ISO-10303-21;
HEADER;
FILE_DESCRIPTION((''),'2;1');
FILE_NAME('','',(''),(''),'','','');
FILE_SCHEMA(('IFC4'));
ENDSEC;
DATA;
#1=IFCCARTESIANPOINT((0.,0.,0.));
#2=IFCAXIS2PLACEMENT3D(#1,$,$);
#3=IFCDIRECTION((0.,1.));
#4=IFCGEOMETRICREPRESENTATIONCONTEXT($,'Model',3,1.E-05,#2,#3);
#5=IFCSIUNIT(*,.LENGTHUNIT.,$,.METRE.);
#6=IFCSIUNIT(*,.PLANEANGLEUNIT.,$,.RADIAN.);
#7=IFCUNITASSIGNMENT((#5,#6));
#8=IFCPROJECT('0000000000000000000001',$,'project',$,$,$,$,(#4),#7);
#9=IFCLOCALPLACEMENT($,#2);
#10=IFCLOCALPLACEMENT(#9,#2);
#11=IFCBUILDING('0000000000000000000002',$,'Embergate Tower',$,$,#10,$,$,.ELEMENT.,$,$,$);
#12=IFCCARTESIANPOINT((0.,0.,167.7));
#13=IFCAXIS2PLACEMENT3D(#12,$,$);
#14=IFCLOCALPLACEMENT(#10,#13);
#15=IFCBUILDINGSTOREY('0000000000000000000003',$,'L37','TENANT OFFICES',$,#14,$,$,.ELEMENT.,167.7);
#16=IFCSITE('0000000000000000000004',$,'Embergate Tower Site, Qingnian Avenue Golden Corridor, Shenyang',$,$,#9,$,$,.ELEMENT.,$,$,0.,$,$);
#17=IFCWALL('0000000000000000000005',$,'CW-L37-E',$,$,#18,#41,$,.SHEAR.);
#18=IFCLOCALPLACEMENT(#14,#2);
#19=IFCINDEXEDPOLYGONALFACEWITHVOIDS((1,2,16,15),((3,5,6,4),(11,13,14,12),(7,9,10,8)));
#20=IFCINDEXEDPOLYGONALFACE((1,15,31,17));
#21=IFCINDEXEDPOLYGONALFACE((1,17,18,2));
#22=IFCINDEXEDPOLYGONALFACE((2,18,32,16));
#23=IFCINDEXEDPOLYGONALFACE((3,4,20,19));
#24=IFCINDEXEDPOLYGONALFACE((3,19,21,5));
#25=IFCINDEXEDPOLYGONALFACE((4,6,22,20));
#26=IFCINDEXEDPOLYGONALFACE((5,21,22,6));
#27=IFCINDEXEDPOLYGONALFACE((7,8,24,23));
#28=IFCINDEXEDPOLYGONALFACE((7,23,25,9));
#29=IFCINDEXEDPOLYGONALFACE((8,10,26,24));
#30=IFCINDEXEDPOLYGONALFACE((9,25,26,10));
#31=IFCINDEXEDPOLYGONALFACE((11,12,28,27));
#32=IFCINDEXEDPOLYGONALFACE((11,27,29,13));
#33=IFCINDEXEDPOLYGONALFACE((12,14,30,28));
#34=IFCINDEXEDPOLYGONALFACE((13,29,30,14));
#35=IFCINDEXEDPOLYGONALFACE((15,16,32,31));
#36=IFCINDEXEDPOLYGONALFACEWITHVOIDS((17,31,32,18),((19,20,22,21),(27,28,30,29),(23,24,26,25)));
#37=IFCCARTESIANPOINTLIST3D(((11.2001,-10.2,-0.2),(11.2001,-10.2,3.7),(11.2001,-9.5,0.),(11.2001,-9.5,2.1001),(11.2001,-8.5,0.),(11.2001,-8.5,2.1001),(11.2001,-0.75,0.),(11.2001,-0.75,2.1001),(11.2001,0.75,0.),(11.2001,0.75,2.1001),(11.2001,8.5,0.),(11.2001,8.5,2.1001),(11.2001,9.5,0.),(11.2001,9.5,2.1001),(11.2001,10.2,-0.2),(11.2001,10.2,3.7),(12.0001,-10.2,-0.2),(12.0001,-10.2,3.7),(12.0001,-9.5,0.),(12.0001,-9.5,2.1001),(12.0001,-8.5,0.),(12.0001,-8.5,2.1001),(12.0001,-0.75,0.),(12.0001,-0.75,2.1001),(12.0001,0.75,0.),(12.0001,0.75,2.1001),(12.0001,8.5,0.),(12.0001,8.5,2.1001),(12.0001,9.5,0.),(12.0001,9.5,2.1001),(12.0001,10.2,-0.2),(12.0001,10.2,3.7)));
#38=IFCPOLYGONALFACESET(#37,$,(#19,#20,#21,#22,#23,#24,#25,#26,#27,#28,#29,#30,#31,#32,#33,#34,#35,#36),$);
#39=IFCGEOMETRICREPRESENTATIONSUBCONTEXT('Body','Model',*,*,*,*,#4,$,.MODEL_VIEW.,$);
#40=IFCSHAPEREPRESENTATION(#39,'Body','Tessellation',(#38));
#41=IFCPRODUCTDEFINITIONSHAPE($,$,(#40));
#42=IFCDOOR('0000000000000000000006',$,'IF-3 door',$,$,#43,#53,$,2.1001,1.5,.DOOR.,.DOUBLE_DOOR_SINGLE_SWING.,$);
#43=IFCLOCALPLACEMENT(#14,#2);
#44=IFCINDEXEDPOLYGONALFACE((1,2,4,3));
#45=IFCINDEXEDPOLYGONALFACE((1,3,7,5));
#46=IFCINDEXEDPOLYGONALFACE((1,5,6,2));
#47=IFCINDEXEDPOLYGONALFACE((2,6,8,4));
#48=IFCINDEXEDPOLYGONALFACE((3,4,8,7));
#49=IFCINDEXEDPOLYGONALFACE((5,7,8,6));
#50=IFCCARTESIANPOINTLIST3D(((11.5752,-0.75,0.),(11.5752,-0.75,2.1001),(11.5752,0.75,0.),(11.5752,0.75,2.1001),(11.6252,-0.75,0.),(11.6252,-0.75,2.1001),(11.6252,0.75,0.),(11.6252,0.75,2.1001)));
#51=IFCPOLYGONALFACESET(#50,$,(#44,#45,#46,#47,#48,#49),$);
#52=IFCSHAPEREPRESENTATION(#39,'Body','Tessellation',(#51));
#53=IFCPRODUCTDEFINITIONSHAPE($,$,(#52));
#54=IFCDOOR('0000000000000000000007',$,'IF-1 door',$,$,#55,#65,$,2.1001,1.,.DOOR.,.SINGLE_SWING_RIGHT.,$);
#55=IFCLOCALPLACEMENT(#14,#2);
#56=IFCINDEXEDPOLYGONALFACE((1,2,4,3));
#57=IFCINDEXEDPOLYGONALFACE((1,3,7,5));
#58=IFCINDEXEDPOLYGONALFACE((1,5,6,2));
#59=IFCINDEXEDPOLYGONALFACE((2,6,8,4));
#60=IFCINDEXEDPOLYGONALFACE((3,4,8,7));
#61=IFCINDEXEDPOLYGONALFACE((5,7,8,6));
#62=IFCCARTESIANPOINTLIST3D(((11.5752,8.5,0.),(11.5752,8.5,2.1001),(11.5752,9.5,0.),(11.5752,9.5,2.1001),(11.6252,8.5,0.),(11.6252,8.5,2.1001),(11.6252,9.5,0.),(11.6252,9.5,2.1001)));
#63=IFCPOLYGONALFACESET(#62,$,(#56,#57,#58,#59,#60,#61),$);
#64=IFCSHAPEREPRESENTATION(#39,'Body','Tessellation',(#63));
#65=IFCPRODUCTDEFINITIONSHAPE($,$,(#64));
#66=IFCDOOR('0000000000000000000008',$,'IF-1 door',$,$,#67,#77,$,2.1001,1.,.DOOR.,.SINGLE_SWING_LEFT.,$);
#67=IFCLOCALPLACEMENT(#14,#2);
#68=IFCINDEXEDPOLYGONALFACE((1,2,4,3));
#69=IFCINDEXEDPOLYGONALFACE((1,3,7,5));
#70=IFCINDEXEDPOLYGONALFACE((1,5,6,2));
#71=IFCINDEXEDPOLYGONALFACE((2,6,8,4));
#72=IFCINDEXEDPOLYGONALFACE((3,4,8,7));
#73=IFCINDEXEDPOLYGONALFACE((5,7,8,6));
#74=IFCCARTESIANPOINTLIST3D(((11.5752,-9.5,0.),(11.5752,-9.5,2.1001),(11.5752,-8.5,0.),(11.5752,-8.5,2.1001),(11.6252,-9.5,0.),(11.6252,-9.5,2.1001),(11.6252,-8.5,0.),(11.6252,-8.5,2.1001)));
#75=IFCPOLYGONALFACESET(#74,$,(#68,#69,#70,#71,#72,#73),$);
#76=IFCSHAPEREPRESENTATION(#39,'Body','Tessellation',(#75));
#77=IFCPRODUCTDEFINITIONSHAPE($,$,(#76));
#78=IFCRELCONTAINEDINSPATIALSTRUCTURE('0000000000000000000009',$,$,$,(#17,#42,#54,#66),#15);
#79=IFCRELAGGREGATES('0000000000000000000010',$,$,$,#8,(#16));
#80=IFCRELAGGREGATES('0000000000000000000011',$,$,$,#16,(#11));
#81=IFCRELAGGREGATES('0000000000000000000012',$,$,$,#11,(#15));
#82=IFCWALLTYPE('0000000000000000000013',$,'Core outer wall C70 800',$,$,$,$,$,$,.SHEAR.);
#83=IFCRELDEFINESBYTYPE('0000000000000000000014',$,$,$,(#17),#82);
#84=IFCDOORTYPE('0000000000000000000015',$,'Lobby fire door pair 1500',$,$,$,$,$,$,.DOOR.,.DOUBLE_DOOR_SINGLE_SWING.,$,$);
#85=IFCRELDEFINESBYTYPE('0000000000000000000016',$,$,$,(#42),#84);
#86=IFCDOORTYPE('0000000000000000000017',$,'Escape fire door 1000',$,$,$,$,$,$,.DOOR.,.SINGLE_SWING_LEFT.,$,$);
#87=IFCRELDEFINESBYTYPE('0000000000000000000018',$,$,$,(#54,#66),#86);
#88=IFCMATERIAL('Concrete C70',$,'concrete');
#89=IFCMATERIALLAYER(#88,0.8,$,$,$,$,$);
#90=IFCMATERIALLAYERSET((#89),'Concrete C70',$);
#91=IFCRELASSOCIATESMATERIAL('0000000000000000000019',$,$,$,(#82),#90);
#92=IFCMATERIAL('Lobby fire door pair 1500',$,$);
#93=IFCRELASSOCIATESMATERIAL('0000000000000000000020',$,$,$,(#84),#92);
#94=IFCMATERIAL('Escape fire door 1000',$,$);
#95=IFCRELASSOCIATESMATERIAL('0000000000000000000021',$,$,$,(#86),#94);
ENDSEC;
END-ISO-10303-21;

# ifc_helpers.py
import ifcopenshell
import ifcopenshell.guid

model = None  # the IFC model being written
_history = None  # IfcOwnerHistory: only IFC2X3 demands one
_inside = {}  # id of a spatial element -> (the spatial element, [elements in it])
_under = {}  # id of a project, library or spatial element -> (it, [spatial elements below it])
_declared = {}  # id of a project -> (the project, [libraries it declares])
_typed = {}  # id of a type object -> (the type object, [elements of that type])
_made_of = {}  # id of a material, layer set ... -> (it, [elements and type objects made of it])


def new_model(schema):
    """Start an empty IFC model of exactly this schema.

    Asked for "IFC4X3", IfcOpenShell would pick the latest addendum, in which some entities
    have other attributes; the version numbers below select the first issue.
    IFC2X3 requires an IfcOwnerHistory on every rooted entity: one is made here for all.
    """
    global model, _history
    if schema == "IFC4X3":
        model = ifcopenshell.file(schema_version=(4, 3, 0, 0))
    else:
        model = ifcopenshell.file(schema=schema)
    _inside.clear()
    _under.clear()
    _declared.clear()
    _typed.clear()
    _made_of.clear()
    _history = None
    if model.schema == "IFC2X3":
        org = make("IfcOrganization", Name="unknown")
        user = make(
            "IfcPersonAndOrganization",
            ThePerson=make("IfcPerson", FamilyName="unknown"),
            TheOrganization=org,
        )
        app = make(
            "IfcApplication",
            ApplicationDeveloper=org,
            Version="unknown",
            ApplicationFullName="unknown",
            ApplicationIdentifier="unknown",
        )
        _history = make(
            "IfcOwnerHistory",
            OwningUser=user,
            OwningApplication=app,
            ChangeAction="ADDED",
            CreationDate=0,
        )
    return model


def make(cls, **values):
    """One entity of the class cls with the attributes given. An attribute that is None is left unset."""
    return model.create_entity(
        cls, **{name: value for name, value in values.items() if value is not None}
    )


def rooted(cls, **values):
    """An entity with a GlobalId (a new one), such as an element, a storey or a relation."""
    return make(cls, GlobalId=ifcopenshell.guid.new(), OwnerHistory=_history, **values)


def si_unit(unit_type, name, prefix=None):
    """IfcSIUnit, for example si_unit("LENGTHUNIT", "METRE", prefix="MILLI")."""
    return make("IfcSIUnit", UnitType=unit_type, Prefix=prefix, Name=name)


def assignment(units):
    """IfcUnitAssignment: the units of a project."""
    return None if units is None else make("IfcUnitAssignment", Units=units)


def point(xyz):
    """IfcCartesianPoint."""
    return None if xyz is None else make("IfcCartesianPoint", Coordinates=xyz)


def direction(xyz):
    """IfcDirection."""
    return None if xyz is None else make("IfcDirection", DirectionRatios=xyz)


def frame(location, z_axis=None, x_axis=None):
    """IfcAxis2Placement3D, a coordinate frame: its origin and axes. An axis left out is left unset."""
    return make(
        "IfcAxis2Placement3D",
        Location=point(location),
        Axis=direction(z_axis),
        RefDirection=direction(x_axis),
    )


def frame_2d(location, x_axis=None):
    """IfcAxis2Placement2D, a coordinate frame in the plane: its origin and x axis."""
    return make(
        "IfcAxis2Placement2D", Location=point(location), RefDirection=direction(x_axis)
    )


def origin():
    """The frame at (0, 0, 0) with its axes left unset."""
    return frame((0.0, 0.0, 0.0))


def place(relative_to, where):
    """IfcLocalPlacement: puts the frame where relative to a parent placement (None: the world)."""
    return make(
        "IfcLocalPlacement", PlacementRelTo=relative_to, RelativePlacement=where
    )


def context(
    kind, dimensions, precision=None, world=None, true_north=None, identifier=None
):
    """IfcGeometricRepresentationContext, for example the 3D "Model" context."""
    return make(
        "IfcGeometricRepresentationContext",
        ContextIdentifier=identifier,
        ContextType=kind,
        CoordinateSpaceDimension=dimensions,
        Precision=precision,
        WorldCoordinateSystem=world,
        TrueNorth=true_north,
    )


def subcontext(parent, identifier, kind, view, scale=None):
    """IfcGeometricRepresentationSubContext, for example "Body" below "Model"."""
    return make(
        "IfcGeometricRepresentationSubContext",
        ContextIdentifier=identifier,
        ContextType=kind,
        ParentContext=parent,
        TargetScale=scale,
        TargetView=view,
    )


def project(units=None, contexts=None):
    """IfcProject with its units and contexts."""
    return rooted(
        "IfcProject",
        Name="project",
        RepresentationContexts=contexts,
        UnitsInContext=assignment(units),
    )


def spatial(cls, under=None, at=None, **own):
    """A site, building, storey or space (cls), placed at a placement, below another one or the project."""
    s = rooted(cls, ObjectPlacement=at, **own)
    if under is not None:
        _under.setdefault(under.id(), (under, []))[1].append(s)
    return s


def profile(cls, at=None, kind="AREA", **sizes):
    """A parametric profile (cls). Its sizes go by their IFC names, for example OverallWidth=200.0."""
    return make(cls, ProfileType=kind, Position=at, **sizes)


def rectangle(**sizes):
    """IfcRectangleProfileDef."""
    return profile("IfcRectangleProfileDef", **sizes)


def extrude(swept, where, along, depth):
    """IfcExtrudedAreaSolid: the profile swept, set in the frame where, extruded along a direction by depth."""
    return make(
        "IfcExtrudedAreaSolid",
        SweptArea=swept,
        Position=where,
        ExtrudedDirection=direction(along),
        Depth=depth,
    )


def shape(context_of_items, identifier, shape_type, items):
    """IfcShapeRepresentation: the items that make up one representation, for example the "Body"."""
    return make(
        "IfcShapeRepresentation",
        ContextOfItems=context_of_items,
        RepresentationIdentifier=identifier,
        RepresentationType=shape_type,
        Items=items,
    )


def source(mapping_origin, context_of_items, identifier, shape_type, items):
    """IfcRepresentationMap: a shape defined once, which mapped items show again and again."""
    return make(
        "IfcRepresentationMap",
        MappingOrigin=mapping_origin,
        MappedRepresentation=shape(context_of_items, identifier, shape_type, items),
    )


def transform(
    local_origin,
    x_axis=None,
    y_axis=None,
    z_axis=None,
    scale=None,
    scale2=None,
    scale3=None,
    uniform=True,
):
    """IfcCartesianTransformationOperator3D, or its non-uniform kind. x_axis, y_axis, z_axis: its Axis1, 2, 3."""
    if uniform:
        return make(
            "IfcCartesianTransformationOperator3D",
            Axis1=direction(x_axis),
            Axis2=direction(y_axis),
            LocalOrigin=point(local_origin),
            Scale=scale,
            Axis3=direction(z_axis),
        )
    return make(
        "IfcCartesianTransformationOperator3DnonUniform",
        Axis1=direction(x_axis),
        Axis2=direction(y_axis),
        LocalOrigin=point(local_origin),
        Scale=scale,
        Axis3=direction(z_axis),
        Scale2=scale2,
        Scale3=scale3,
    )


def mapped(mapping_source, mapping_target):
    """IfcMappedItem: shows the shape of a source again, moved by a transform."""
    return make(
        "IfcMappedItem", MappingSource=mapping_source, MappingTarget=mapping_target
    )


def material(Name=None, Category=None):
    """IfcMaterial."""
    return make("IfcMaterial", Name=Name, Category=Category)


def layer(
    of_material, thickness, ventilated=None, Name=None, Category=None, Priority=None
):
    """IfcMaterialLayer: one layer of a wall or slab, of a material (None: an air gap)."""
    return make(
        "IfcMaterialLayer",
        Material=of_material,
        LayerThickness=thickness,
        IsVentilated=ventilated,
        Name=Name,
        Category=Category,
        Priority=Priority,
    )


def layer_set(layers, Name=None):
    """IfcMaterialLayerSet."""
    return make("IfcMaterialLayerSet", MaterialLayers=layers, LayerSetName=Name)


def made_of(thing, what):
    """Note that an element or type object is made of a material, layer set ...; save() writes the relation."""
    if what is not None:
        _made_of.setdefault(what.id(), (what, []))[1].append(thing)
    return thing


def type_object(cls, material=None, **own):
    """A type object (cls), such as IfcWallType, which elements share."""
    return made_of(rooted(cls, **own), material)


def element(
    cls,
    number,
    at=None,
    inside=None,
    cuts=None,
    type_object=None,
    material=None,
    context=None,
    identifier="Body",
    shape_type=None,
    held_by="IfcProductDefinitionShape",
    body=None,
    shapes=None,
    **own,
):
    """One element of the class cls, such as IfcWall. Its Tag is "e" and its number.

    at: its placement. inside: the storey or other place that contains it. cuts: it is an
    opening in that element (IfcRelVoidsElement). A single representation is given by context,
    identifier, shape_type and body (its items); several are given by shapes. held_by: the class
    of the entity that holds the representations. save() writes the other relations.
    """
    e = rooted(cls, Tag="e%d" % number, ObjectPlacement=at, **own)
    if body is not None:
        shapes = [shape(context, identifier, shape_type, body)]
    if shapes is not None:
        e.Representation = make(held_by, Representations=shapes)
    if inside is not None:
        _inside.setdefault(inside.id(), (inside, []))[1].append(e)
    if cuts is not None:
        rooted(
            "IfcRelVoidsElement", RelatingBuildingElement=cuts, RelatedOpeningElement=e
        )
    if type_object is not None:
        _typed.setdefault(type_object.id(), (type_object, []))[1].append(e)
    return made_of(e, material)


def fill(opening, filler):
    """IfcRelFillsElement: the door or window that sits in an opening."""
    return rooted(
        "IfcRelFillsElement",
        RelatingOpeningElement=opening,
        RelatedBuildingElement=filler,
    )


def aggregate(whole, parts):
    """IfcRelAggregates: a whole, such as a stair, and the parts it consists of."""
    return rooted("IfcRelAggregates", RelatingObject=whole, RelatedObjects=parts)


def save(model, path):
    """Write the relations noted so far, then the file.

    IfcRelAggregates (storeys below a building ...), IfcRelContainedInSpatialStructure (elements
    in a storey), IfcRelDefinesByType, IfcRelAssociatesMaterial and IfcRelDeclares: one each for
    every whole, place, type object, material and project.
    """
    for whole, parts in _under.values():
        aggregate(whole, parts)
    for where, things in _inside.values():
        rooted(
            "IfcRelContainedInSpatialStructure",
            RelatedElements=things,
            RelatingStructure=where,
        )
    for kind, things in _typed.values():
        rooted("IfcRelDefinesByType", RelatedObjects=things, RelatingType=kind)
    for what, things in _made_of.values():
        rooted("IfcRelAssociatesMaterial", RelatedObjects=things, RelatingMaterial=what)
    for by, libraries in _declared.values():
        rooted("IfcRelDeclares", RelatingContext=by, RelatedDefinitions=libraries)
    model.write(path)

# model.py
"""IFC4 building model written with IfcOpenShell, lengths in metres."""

from ifc_helpers import new_model, si_unit, direction, frame, frame_2d, origin, place, context, subcontext, project, spatial, rectangle, extrude, source, transform, mapped, material, layer, layer_set, type_object, element, fill, save


model = new_model("IFC4")

# Units and contexts
model_context = context("Model", 3, precision=1e-05, world=origin(), true_north=direction((0.0, 1.0)))
body_context = subcontext(model_context, "Body", "Model", "MODEL_VIEW")
ifc_project = project(units=[si_unit("LENGTHUNIT", "METRE"), si_unit("PLANEANGLEUNIT", "RADIAN")], contexts=[model_context])

# Site, building, storey
site_placement = place(None, origin())
site = spatial("IfcSite", under=ifc_project, at=site_placement, Name="Embergate Tower Site, Qingnian Avenue Golden Corridor, Shenyang", CompositionType="ELEMENT", RefElevation=0.0)
building_placement = place(site_placement, origin())
building = spatial("IfcBuilding", under=site, at=building_placement, Name="Embergate Tower", CompositionType="ELEMENT")
storey_placement = place(building_placement, frame((0.0, 0.0, 167.7)))
storey = spatial("IfcBuildingStorey", under=building, at=storey_placement, Name="L37", Description="TENANT OFFICES", CompositionType="ELEMENT", Elevation=167.7)

# Shared definitions
ifc_material_1 = material(Name="Concrete C70", Category="concrete")

# Wall, openings, doors
ifc_layer_1 = layer(ifc_material_1, 0.8)
ifc_layer_set_1 = layer_set([ifc_layer_1], Name="Concrete C70")
wall_type_1 = type_object("IfcWallType", Name="Core outer wall C70 800", PredefinedType="SHEAR", material=ifc_layer_set_1)
shared_shape_1 = source(origin(), body_context, "Body", "SweptSolid", [
    extrude(rectangle(XDim=20.3999, YDim=0.8, at=frame_2d((10.2, 0.0))), origin(), (0.0, 0.0, 1.0), 3.8999),
])
wall_1_placement = place(storey_placement, frame((11.6001, -10.2, -0.2), z_axis=(0.0, 0.0, 1.0), x_axis=(0.0, 1.0, 0.0)))
wall_1 = element("IfcWall", 1, at=wall_1_placement, inside=storey, type_object=wall_type_1, Name="CW-L37-E", PredefinedType="SHEAR", context=body_context, shape_type="MappedRepresentation", body=[
    mapped(shared_shape_1, transform((0.0, 0.0, 0.0))),
])
shared_shape_2 = source(origin(), body_context, "Body", "SweptSolid", [
    extrude(rectangle(XDim=1.0, YDim=2.1001, at=frame_2d((0.5, 1.05))), frame((0.0, 0.4099, 0.0), z_axis=(0.0, -1.0, 0.0), x_axis=(1.0, 0.0, 0.0)), (0.0, 0.0, 1.0), 0.8201),
])
opening_1_placement = place(wall_1_placement, frame((18.7, 0.0, 0.2)))
opening_1 = element("IfcOpeningElement", 2, at=opening_1_placement, cuts=wall_1, PredefinedType="OPENING", context=body_context, shape_type="MappedRepresentation", body=[
    mapped(shared_shape_2, transform((0.0, 0.0, 0.0))),
])
opening_2_placement = place(wall_1_placement, frame((0.7, 0.0, 0.2)))
opening_2 = element("IfcOpeningElement", 3, at=opening_2_placement, cuts=wall_1, PredefinedType="OPENING", context=body_context, shape_type="MappedRepresentation", body=[
    mapped(shared_shape_2, transform((0.0, 0.0, 0.0))),
])
shared_shape_3 = source(origin(), body_context, "Body", "SweptSolid", [
    extrude(rectangle(XDim=1.5, YDim=2.1001, at=frame_2d((0.75, 1.05))), frame((0.0, 0.4099, 0.0), z_axis=(0.0, -1.0, 0.0), x_axis=(1.0, 0.0, 0.0)), (0.0, 0.0, 1.0), 0.8201),
])
opening_3_placement = place(wall_1_placement, frame((9.45, 0.0, 0.2)))
opening_3 = element("IfcOpeningElement", 4, at=opening_3_placement, cuts=wall_1, PredefinedType="OPENING", context=body_context, shape_type="MappedRepresentation", body=[
    mapped(shared_shape_3, transform((0.0, 0.0, 0.0))),
])
ifc_material_2 = material(Name="Lobby fire door pair 1500")
door_type_1 = type_object("IfcDoorType", Name="Lobby fire door pair 1500", OperationType="DOUBLE_DOOR_SINGLE_SWING", PredefinedType="DOOR", material=ifc_material_2)
shared_shape_4 = source(origin(), body_context, "Body", "SweptSolid", [
    extrude(rectangle(XDim=1.5, YDim=2.1001, at=frame_2d((0.75, 1.05))), frame((0.0, 0.0249, 0.0), z_axis=(0.0, -1.0, 0.0), x_axis=(1.0, 0.0, 0.0)), (0.0, 0.0, 1.0), 0.05),
])
door_1_placement = place(opening_3_placement, origin())
door_1 = element("IfcDoor", 5, at=door_1_placement, inside=storey, type_object=door_type_1, Name="IF-3 door", OperationType="DOUBLE_DOOR_SINGLE_SWING", OverallHeight=2.1001, OverallWidth=1.5, PredefinedType="DOOR", context=body_context, shape_type="MappedRepresentation", body=[
    mapped(shared_shape_4, transform((0.0, 0.0, 0.0))),
])
fill(opening_3, door_1)
ifc_material_3 = material(Name="Escape fire door 1000")
door_type_2 = type_object("IfcDoorType", Name="Escape fire door 1000", OperationType="SINGLE_SWING_LEFT", PredefinedType="DOOR", material=ifc_material_3)
shared_shape_5 = source(origin(), body_context, "Body", "SweptSolid", [
    extrude(rectangle(XDim=1.0, YDim=2.1001, at=frame_2d((0.5, 1.05))), frame((0.0, 0.0249, 0.0), z_axis=(0.0, -1.0, 0.0), x_axis=(1.0, 0.0, 0.0)), (0.0, 0.0, 1.0), 0.05),
])
door_2_placement = place(opening_1_placement, origin())
door_2 = element("IfcDoor", 6, at=door_2_placement, inside=storey, type_object=door_type_2, Name="IF-1 door", OperationType="SINGLE_SWING_RIGHT", OverallHeight=2.1001, OverallWidth=1.0, PredefinedType="DOOR", context=body_context, shape_type="MappedRepresentation", body=[
    mapped(shared_shape_5, transform((0.0, 0.0, 0.0))),
])
fill(opening_1, door_2)
door_3_placement = place(opening_2_placement, origin())
door_3 = element("IfcDoor", 7, at=door_3_placement, inside=storey, type_object=door_type_2, Name="IF-1 door", OperationType="SINGLE_SWING_LEFT", OverallHeight=2.1001, OverallWidth=1.0, PredefinedType="DOOR", context=body_context, shape_type="MappedRepresentation", body=[
    mapped(shared_shape_5, transform((0.0, 0.0, 0.0))),
])
fill(opening_2, door_3)

save(model, "model.ifc")
